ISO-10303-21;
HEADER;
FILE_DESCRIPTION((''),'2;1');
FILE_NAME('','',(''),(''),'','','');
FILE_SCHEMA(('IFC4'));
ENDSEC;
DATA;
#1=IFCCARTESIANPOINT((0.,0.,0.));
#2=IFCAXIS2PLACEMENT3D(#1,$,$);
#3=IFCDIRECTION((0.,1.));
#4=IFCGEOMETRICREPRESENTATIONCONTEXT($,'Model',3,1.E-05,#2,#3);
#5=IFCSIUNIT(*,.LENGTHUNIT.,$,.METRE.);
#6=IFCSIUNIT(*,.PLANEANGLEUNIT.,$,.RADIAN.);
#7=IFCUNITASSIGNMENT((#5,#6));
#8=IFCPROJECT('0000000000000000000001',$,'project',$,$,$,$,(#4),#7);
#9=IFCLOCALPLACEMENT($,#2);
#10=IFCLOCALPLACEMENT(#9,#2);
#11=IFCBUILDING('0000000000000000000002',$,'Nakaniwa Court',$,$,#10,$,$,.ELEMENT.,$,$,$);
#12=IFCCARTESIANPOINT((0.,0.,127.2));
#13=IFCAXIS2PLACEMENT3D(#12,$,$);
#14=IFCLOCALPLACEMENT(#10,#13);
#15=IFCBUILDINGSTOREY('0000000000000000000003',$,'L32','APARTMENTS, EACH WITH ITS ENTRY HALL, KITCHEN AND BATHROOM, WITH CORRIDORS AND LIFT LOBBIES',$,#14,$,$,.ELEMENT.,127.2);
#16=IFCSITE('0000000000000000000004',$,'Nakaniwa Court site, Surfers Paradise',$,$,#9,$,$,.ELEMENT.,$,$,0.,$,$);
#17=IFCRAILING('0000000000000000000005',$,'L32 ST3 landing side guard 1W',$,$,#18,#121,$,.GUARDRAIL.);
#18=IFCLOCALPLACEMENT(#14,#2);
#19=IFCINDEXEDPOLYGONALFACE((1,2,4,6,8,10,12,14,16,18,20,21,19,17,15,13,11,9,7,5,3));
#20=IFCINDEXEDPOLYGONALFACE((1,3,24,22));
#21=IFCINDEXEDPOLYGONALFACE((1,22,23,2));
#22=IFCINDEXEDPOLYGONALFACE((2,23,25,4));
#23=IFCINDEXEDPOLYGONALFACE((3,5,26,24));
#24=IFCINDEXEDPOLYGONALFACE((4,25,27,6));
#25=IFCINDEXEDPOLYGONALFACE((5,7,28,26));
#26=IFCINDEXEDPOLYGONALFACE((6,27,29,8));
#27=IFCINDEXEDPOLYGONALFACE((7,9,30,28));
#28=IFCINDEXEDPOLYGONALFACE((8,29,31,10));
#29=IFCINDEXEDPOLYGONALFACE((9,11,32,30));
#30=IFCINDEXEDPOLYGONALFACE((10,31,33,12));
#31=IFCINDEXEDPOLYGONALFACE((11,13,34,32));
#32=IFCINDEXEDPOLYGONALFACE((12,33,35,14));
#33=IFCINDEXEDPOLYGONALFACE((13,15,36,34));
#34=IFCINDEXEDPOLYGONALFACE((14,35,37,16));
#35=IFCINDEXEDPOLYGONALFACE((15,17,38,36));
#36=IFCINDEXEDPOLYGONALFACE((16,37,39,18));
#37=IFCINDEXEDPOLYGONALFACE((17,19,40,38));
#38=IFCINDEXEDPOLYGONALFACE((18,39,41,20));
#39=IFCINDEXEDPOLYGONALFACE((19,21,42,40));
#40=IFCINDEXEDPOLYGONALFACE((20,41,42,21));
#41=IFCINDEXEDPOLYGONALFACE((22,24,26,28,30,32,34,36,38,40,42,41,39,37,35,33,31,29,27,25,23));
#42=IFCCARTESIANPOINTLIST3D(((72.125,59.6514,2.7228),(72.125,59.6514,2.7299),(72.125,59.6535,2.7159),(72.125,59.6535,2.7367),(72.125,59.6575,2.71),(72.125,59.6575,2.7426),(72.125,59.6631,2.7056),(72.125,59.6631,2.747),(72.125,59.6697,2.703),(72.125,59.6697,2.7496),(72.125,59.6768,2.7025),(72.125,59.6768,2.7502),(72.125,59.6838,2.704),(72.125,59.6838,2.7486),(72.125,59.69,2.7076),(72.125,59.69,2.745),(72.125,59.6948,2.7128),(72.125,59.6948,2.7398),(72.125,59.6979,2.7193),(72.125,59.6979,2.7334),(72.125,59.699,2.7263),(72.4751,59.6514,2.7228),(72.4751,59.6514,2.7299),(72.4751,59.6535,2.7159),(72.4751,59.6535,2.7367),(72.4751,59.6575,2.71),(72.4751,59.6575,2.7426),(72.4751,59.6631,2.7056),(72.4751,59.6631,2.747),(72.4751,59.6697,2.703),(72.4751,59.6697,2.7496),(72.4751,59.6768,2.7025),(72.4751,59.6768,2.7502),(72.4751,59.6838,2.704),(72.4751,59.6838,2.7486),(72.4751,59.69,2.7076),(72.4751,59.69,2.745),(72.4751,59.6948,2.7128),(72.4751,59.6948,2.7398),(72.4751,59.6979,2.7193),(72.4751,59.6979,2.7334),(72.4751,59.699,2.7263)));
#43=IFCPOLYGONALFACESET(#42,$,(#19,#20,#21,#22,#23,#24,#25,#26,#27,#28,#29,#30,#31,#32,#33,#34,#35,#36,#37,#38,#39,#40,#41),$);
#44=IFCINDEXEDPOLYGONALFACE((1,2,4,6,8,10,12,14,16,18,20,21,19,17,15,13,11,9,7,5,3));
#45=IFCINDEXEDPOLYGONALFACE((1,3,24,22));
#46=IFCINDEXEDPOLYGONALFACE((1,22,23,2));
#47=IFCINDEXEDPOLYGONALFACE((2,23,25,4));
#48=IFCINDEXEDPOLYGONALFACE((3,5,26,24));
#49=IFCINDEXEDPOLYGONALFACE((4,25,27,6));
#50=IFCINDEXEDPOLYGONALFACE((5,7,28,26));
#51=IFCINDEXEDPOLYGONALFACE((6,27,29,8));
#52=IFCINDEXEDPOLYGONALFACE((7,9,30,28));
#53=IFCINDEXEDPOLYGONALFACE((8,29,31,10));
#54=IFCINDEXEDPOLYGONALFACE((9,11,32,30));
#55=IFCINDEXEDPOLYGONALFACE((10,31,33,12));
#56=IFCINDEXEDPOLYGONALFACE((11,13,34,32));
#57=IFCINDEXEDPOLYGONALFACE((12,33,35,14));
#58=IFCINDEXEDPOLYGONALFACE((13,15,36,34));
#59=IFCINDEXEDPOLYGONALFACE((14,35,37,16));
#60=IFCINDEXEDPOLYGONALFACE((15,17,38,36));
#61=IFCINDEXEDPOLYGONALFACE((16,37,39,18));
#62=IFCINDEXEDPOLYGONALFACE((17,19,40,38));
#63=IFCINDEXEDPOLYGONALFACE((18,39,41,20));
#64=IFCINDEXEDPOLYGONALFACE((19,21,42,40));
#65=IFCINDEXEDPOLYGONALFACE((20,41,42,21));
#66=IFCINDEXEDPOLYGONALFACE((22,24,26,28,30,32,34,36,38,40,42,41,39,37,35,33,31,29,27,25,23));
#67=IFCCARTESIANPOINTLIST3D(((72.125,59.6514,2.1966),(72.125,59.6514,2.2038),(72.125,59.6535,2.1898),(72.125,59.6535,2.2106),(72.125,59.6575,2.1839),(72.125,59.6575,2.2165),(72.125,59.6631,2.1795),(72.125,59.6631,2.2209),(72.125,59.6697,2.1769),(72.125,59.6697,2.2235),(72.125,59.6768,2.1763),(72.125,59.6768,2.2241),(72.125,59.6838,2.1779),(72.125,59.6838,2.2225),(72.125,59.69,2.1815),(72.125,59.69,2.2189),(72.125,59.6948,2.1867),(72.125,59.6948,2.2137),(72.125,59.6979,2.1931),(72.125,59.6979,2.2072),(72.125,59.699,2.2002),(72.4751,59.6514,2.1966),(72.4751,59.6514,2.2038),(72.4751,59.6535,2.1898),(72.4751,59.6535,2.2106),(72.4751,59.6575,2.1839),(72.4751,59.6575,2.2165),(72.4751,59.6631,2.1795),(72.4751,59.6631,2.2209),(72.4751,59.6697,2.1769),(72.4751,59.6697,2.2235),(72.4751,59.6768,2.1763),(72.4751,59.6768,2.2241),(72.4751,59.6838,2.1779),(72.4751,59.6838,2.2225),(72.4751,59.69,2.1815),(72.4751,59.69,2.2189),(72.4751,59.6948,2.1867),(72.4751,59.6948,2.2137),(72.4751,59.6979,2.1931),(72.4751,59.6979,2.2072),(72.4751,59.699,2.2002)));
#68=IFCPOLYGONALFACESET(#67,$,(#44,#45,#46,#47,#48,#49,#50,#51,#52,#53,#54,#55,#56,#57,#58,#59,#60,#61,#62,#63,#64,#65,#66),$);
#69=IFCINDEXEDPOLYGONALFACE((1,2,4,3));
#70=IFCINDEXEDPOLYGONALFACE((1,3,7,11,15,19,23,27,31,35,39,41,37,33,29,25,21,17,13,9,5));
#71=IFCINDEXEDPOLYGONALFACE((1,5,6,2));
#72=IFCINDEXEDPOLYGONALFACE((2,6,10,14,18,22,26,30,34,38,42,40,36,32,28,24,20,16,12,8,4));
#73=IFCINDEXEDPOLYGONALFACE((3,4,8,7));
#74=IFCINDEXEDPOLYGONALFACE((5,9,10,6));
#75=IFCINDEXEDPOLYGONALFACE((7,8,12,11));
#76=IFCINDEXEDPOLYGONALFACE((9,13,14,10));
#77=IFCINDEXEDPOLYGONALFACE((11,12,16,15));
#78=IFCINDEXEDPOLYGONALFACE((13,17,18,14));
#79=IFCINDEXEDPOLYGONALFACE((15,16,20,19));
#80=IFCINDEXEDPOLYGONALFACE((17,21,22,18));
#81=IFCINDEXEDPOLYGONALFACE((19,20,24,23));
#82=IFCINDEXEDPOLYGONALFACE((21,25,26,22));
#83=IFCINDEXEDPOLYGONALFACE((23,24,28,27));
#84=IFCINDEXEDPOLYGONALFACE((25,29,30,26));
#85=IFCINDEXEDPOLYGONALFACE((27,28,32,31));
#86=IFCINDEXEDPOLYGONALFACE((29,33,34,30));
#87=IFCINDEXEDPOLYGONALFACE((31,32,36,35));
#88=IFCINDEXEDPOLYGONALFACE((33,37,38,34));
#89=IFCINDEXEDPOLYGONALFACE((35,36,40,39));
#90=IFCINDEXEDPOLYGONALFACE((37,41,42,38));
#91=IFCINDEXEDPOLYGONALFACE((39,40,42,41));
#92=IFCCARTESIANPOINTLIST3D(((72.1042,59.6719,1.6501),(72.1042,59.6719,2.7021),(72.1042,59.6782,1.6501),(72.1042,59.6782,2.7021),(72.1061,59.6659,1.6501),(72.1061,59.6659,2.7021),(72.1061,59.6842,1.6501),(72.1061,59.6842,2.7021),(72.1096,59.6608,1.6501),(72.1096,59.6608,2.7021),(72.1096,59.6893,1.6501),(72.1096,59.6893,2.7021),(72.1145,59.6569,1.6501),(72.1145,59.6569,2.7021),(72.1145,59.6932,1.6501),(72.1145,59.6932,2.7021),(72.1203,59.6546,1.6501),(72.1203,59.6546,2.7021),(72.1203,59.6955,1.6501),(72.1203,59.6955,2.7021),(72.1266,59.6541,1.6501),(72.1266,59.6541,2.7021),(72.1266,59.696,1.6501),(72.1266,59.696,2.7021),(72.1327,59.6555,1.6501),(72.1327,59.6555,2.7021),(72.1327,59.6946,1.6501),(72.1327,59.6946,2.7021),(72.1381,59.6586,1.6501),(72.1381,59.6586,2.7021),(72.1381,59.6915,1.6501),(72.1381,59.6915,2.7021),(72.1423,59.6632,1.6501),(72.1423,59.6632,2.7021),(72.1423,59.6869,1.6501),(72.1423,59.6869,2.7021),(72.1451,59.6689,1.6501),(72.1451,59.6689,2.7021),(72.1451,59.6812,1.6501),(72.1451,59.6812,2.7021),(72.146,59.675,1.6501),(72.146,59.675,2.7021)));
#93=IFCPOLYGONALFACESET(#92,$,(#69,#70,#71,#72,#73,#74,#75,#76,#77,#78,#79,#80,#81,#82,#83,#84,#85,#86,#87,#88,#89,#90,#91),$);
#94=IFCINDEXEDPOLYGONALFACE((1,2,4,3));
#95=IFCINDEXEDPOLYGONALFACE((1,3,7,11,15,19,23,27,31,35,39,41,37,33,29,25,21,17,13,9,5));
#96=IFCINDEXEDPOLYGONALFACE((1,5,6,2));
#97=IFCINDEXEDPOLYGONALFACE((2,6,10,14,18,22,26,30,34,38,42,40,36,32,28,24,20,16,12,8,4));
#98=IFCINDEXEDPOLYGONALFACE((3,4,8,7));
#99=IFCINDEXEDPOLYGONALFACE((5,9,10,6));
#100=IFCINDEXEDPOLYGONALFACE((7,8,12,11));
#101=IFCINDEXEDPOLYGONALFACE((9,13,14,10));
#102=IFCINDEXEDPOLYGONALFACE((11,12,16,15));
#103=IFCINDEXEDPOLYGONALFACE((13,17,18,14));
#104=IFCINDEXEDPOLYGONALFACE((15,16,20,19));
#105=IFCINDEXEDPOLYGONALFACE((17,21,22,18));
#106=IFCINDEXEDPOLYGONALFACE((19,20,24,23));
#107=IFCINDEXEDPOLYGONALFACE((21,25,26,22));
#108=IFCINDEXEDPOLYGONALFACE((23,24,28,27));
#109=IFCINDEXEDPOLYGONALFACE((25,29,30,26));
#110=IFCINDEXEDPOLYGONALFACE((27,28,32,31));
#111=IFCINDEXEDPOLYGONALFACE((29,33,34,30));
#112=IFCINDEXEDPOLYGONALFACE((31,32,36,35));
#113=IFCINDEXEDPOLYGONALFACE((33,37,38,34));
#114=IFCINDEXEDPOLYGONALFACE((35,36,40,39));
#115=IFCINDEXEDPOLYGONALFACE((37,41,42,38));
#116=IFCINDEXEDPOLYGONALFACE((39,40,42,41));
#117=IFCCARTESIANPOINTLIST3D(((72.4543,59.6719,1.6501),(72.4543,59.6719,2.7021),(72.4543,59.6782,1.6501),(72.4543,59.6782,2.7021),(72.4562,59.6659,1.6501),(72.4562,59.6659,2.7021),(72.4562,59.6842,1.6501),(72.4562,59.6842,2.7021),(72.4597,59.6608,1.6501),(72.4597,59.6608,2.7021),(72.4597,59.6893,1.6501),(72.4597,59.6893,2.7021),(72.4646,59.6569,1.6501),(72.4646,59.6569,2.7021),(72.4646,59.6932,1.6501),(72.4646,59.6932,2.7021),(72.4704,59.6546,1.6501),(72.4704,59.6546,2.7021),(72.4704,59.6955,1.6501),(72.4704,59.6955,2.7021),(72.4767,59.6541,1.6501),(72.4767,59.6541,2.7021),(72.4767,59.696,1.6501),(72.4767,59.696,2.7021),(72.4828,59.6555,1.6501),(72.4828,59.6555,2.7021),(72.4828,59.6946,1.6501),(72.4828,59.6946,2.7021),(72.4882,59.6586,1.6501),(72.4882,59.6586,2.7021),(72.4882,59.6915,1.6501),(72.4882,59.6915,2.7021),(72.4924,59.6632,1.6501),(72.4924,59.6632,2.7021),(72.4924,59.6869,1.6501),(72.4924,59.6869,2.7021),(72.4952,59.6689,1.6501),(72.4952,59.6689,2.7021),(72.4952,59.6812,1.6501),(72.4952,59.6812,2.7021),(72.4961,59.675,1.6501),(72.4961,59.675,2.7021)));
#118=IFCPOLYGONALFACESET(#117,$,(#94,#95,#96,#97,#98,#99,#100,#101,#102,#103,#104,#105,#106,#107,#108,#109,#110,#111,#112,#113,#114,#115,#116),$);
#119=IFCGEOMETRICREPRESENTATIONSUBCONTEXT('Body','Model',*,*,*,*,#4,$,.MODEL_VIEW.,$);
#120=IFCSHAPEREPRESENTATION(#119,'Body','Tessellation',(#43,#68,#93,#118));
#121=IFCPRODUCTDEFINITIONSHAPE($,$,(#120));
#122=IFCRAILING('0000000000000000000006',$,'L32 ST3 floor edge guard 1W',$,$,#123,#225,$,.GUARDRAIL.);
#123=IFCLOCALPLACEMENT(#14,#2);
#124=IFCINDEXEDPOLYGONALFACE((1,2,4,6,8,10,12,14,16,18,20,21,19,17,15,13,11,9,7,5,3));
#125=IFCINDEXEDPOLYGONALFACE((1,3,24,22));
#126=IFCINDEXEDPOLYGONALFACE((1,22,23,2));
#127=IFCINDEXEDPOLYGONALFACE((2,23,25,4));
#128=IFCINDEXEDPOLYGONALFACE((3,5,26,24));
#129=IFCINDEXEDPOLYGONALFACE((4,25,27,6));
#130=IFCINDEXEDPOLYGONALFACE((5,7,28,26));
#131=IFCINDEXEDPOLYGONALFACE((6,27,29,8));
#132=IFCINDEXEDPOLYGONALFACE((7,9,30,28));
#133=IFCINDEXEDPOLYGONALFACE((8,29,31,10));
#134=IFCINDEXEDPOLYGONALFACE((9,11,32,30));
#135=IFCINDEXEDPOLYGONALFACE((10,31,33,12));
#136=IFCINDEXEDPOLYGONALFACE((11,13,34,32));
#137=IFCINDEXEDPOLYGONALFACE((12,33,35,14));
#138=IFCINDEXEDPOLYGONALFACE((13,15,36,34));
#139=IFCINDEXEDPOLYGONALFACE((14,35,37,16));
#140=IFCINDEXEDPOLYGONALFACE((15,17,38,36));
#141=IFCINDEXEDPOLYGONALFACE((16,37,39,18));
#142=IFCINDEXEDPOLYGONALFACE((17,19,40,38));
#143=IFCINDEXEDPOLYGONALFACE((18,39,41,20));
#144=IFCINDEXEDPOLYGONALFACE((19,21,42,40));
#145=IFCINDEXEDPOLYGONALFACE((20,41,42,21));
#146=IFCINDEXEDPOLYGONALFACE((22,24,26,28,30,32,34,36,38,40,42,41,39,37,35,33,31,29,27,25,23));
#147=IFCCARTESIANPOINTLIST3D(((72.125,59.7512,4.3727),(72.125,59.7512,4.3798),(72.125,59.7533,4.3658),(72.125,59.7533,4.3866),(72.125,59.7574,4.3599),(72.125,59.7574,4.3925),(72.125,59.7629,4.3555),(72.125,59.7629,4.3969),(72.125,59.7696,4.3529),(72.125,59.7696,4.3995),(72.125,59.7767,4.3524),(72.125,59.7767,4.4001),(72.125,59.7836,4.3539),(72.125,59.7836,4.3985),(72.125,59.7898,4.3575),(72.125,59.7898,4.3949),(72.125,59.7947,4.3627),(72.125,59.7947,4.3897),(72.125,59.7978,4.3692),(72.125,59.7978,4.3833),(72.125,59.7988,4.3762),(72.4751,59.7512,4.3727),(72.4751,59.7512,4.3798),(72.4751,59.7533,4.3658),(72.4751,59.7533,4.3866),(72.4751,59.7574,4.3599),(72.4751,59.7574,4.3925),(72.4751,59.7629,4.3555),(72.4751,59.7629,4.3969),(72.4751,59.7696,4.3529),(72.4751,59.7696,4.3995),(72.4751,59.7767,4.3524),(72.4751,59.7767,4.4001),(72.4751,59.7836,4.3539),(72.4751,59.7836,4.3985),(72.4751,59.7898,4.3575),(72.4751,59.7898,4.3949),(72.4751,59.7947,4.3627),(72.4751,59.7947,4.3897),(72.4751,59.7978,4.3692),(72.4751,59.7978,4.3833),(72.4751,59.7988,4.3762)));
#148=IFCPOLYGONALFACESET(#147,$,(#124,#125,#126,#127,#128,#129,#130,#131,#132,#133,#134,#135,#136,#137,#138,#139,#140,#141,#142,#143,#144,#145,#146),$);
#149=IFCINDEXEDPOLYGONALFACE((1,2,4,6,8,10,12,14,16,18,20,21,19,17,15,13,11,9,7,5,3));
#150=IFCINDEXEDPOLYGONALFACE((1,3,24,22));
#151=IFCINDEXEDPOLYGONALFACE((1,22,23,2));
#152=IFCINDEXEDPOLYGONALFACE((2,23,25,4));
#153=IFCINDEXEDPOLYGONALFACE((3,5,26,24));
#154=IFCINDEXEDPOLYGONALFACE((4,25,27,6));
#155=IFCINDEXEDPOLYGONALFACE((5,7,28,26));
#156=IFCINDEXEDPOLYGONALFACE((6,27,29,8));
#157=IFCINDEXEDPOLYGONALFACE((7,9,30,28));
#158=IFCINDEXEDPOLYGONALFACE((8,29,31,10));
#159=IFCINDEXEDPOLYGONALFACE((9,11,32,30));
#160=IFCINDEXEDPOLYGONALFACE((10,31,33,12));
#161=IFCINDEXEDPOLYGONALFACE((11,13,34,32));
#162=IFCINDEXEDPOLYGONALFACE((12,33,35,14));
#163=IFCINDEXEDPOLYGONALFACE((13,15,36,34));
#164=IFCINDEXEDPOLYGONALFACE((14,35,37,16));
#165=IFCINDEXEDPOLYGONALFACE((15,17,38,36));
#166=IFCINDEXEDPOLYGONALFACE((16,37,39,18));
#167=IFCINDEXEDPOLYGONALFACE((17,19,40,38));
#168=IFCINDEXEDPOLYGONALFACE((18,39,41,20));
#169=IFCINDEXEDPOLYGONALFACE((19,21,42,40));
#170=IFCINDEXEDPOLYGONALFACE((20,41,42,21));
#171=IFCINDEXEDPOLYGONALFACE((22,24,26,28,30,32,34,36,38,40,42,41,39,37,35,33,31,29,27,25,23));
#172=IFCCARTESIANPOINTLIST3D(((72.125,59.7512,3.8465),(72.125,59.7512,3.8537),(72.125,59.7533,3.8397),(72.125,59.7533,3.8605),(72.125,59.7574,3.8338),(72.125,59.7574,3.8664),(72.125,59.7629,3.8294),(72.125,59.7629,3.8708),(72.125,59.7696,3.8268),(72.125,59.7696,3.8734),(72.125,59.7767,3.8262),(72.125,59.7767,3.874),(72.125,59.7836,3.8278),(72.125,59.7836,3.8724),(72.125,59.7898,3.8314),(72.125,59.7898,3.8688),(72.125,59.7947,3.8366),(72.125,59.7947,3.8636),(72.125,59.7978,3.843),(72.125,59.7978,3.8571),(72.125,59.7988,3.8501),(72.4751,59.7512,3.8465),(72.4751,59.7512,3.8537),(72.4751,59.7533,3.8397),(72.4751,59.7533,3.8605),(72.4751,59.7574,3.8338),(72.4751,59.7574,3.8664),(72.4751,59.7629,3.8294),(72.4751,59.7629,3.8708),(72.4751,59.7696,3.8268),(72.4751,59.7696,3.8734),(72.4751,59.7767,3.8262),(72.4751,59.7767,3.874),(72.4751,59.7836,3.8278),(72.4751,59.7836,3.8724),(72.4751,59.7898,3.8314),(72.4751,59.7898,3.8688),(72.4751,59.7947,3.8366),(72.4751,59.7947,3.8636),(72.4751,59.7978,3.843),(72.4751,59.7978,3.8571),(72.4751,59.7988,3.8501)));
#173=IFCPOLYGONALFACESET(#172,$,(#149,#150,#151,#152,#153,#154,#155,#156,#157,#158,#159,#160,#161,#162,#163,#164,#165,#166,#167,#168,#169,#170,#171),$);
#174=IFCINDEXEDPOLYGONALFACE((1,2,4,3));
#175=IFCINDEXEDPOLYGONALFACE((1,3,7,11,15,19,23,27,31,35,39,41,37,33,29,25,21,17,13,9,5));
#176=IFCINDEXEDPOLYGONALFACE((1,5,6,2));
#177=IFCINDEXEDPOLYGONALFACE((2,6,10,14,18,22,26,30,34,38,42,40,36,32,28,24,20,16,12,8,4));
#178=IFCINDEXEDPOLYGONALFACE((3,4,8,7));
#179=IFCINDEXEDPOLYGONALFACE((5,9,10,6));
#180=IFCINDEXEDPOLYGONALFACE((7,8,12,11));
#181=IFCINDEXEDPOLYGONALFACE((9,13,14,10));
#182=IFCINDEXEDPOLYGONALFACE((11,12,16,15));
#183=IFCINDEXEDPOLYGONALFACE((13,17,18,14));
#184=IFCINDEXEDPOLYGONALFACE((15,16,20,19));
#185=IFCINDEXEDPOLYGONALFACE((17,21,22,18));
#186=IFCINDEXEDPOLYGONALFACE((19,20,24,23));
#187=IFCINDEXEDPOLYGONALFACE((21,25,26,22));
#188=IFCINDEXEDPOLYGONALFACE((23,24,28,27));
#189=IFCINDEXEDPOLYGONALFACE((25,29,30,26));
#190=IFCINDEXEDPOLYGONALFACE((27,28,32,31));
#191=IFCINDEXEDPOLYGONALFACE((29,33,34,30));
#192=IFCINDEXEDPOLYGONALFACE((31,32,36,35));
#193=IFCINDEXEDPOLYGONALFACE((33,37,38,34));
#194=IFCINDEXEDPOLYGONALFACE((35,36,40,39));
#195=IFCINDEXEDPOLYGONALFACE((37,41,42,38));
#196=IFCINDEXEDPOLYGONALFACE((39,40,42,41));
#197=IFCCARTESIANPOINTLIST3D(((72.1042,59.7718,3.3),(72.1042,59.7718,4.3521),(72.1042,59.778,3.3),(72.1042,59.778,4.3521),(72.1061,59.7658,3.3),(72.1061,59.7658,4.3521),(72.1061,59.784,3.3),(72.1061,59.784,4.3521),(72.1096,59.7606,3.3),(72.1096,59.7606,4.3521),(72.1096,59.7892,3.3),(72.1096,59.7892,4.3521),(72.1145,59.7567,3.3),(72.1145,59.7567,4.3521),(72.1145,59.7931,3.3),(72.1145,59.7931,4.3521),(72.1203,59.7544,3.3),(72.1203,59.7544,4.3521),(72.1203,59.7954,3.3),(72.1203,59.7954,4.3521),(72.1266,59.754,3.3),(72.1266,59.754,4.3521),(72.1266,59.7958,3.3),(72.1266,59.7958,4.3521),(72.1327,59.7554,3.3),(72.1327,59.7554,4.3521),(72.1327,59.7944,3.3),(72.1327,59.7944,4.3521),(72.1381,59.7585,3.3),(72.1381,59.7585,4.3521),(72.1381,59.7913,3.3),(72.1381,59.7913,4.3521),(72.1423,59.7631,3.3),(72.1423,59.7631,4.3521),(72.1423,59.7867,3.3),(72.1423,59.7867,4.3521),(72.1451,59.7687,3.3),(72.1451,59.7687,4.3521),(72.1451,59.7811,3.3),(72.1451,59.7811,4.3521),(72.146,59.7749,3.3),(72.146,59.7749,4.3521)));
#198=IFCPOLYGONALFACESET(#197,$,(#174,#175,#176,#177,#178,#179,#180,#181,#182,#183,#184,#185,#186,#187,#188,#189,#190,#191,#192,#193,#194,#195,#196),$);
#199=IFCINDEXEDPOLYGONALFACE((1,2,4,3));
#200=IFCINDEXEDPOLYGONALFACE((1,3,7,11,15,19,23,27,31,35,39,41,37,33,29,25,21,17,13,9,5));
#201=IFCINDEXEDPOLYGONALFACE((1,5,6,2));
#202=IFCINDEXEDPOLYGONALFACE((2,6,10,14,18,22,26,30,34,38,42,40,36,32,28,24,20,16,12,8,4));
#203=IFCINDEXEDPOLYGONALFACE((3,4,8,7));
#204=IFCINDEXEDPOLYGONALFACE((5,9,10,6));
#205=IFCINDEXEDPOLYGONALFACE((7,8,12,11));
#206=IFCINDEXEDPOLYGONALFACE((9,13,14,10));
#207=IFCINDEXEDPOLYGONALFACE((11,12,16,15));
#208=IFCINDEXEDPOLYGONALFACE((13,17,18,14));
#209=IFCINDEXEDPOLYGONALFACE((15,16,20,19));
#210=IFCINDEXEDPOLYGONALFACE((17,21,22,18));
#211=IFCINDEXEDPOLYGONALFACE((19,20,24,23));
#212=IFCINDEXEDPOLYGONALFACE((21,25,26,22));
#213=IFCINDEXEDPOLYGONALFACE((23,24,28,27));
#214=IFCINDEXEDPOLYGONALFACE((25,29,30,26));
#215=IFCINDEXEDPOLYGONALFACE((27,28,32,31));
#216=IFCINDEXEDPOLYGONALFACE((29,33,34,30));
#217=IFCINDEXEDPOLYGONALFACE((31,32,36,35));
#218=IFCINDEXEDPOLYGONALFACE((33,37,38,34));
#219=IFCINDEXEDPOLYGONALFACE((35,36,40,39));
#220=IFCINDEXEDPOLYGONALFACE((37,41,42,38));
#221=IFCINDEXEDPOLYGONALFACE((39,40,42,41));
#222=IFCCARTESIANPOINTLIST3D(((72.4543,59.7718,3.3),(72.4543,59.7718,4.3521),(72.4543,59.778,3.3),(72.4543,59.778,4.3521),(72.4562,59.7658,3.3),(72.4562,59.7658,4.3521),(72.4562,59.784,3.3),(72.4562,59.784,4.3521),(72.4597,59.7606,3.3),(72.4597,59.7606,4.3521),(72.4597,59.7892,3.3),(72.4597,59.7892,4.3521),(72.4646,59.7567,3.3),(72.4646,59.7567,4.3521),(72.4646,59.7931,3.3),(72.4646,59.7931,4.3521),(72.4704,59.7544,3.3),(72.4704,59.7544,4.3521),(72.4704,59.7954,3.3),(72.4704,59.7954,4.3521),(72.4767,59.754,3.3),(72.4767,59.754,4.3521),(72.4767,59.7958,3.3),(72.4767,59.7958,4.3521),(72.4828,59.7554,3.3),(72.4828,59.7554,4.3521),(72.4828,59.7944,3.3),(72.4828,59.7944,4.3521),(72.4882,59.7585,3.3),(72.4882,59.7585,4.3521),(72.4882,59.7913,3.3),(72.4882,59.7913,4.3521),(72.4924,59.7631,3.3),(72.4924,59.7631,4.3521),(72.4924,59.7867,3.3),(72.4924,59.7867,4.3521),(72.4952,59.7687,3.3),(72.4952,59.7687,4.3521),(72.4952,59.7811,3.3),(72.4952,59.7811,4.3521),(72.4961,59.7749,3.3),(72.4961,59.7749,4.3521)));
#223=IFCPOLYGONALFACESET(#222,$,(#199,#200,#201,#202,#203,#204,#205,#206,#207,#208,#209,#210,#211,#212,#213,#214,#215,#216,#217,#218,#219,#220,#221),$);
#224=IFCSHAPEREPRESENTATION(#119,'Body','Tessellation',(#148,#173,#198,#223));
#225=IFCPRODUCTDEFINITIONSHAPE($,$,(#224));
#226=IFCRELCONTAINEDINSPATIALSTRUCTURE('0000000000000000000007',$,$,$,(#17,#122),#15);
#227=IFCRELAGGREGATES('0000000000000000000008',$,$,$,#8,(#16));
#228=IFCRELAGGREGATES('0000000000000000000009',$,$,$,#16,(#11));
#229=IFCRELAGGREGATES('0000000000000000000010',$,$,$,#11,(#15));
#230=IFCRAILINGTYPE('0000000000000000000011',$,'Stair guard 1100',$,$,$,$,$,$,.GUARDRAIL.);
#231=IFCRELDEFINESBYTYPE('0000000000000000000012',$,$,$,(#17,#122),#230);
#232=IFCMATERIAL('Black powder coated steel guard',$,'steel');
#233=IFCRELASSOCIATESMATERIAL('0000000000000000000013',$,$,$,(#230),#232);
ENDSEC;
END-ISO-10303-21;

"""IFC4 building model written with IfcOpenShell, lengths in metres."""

from ifc_helpers import new_model, si_unit, direction, frame, origin, origin_2d, place, context, subcontext, project, spatial, circle, extrude, material, type_object, element, save


model = new_model("IFC4")

# Units and contexts
model_context = context("Model", 3, precision=1e-05, world=origin(), true_north=direction((0.0, 1.0)))
body_context = subcontext(model_context, "Body", "Model", "MODEL_VIEW")
ifc_project = project(units=[si_unit("LENGTHUNIT", "METRE"), si_unit("PLANEANGLEUNIT", "RADIAN")], contexts=[model_context])

# Site, building, storey
site_placement = place(None, origin())
site = spatial("IfcSite", under=ifc_project, at=site_placement, Name="Nakaniwa Court site, Surfers Paradise", CompositionType="ELEMENT", RefElevation=0.0)
building_placement = place(site_placement, origin())
building = spatial("IfcBuilding", under=site, at=building_placement, Name="Nakaniwa Court", CompositionType="ELEMENT")
storey_placement = place(building_placement, frame((0.0, 0.0, 127.2)))
storey = spatial("IfcBuildingStorey", under=building, at=storey_placement, Name="L32", Description="APARTMENTS, EACH WITH ITS ENTRY HALL, KITCHEN AND BATHROOM, WITH CORRIDORS AND LIFT LOBBIES", CompositionType="ELEMENT", Elevation=127.2)

# Railings
ifc_material_1 = material(Name="Black powder coated steel guard", Category="steel")
railing_type_1 = type_object("IfcRailingType", Name="Stair guard 1100", PredefinedType="GUARDRAIL", material=ifc_material_1)
for number, where, name in (
    (1, (72.125, 59.675, 1.6501), "L32 ST3 landing side guard 1W"),
    (2, (72.125, 59.7749, 3.3), "L32 ST3 floor edge guard 1W"),
):
    element("IfcRailing", number, at=place(storey_placement, frame(where)), inside=storey, type_object=railing_type_1, Name=name, PredefinedType="GUARDRAIL", context=body_context, shape_type="SweptSolid", body=[
        extrude(circle(Radius=0.0239, at=origin_2d()), frame((0.0, 0.0, 1.0762), z_axis=(1.0, 0.0, 0.0), x_axis=(0.0, 1.0, 0.0)), (0.0, 0.0, 1.0), 0.3501),
        extrude(circle(Radius=0.0239, at=origin_2d()), frame((0.0, 0.0, 0.55), z_axis=(1.0, 0.0, 0.0), x_axis=(0.0, 1.0, 0.0)), (0.0, 0.0, 1.0), 0.3501),
        extrude(circle(Radius=0.021, at=origin_2d()), origin(), (0.0, 0.0, 1.0), 1.052),
        extrude(circle(Radius=0.021, at=origin_2d()), frame((0.3501, 0.0, 0.0)), (0.0, 0.0, 1.0), 1.052),
    ])

save(model, "model.ifc")
